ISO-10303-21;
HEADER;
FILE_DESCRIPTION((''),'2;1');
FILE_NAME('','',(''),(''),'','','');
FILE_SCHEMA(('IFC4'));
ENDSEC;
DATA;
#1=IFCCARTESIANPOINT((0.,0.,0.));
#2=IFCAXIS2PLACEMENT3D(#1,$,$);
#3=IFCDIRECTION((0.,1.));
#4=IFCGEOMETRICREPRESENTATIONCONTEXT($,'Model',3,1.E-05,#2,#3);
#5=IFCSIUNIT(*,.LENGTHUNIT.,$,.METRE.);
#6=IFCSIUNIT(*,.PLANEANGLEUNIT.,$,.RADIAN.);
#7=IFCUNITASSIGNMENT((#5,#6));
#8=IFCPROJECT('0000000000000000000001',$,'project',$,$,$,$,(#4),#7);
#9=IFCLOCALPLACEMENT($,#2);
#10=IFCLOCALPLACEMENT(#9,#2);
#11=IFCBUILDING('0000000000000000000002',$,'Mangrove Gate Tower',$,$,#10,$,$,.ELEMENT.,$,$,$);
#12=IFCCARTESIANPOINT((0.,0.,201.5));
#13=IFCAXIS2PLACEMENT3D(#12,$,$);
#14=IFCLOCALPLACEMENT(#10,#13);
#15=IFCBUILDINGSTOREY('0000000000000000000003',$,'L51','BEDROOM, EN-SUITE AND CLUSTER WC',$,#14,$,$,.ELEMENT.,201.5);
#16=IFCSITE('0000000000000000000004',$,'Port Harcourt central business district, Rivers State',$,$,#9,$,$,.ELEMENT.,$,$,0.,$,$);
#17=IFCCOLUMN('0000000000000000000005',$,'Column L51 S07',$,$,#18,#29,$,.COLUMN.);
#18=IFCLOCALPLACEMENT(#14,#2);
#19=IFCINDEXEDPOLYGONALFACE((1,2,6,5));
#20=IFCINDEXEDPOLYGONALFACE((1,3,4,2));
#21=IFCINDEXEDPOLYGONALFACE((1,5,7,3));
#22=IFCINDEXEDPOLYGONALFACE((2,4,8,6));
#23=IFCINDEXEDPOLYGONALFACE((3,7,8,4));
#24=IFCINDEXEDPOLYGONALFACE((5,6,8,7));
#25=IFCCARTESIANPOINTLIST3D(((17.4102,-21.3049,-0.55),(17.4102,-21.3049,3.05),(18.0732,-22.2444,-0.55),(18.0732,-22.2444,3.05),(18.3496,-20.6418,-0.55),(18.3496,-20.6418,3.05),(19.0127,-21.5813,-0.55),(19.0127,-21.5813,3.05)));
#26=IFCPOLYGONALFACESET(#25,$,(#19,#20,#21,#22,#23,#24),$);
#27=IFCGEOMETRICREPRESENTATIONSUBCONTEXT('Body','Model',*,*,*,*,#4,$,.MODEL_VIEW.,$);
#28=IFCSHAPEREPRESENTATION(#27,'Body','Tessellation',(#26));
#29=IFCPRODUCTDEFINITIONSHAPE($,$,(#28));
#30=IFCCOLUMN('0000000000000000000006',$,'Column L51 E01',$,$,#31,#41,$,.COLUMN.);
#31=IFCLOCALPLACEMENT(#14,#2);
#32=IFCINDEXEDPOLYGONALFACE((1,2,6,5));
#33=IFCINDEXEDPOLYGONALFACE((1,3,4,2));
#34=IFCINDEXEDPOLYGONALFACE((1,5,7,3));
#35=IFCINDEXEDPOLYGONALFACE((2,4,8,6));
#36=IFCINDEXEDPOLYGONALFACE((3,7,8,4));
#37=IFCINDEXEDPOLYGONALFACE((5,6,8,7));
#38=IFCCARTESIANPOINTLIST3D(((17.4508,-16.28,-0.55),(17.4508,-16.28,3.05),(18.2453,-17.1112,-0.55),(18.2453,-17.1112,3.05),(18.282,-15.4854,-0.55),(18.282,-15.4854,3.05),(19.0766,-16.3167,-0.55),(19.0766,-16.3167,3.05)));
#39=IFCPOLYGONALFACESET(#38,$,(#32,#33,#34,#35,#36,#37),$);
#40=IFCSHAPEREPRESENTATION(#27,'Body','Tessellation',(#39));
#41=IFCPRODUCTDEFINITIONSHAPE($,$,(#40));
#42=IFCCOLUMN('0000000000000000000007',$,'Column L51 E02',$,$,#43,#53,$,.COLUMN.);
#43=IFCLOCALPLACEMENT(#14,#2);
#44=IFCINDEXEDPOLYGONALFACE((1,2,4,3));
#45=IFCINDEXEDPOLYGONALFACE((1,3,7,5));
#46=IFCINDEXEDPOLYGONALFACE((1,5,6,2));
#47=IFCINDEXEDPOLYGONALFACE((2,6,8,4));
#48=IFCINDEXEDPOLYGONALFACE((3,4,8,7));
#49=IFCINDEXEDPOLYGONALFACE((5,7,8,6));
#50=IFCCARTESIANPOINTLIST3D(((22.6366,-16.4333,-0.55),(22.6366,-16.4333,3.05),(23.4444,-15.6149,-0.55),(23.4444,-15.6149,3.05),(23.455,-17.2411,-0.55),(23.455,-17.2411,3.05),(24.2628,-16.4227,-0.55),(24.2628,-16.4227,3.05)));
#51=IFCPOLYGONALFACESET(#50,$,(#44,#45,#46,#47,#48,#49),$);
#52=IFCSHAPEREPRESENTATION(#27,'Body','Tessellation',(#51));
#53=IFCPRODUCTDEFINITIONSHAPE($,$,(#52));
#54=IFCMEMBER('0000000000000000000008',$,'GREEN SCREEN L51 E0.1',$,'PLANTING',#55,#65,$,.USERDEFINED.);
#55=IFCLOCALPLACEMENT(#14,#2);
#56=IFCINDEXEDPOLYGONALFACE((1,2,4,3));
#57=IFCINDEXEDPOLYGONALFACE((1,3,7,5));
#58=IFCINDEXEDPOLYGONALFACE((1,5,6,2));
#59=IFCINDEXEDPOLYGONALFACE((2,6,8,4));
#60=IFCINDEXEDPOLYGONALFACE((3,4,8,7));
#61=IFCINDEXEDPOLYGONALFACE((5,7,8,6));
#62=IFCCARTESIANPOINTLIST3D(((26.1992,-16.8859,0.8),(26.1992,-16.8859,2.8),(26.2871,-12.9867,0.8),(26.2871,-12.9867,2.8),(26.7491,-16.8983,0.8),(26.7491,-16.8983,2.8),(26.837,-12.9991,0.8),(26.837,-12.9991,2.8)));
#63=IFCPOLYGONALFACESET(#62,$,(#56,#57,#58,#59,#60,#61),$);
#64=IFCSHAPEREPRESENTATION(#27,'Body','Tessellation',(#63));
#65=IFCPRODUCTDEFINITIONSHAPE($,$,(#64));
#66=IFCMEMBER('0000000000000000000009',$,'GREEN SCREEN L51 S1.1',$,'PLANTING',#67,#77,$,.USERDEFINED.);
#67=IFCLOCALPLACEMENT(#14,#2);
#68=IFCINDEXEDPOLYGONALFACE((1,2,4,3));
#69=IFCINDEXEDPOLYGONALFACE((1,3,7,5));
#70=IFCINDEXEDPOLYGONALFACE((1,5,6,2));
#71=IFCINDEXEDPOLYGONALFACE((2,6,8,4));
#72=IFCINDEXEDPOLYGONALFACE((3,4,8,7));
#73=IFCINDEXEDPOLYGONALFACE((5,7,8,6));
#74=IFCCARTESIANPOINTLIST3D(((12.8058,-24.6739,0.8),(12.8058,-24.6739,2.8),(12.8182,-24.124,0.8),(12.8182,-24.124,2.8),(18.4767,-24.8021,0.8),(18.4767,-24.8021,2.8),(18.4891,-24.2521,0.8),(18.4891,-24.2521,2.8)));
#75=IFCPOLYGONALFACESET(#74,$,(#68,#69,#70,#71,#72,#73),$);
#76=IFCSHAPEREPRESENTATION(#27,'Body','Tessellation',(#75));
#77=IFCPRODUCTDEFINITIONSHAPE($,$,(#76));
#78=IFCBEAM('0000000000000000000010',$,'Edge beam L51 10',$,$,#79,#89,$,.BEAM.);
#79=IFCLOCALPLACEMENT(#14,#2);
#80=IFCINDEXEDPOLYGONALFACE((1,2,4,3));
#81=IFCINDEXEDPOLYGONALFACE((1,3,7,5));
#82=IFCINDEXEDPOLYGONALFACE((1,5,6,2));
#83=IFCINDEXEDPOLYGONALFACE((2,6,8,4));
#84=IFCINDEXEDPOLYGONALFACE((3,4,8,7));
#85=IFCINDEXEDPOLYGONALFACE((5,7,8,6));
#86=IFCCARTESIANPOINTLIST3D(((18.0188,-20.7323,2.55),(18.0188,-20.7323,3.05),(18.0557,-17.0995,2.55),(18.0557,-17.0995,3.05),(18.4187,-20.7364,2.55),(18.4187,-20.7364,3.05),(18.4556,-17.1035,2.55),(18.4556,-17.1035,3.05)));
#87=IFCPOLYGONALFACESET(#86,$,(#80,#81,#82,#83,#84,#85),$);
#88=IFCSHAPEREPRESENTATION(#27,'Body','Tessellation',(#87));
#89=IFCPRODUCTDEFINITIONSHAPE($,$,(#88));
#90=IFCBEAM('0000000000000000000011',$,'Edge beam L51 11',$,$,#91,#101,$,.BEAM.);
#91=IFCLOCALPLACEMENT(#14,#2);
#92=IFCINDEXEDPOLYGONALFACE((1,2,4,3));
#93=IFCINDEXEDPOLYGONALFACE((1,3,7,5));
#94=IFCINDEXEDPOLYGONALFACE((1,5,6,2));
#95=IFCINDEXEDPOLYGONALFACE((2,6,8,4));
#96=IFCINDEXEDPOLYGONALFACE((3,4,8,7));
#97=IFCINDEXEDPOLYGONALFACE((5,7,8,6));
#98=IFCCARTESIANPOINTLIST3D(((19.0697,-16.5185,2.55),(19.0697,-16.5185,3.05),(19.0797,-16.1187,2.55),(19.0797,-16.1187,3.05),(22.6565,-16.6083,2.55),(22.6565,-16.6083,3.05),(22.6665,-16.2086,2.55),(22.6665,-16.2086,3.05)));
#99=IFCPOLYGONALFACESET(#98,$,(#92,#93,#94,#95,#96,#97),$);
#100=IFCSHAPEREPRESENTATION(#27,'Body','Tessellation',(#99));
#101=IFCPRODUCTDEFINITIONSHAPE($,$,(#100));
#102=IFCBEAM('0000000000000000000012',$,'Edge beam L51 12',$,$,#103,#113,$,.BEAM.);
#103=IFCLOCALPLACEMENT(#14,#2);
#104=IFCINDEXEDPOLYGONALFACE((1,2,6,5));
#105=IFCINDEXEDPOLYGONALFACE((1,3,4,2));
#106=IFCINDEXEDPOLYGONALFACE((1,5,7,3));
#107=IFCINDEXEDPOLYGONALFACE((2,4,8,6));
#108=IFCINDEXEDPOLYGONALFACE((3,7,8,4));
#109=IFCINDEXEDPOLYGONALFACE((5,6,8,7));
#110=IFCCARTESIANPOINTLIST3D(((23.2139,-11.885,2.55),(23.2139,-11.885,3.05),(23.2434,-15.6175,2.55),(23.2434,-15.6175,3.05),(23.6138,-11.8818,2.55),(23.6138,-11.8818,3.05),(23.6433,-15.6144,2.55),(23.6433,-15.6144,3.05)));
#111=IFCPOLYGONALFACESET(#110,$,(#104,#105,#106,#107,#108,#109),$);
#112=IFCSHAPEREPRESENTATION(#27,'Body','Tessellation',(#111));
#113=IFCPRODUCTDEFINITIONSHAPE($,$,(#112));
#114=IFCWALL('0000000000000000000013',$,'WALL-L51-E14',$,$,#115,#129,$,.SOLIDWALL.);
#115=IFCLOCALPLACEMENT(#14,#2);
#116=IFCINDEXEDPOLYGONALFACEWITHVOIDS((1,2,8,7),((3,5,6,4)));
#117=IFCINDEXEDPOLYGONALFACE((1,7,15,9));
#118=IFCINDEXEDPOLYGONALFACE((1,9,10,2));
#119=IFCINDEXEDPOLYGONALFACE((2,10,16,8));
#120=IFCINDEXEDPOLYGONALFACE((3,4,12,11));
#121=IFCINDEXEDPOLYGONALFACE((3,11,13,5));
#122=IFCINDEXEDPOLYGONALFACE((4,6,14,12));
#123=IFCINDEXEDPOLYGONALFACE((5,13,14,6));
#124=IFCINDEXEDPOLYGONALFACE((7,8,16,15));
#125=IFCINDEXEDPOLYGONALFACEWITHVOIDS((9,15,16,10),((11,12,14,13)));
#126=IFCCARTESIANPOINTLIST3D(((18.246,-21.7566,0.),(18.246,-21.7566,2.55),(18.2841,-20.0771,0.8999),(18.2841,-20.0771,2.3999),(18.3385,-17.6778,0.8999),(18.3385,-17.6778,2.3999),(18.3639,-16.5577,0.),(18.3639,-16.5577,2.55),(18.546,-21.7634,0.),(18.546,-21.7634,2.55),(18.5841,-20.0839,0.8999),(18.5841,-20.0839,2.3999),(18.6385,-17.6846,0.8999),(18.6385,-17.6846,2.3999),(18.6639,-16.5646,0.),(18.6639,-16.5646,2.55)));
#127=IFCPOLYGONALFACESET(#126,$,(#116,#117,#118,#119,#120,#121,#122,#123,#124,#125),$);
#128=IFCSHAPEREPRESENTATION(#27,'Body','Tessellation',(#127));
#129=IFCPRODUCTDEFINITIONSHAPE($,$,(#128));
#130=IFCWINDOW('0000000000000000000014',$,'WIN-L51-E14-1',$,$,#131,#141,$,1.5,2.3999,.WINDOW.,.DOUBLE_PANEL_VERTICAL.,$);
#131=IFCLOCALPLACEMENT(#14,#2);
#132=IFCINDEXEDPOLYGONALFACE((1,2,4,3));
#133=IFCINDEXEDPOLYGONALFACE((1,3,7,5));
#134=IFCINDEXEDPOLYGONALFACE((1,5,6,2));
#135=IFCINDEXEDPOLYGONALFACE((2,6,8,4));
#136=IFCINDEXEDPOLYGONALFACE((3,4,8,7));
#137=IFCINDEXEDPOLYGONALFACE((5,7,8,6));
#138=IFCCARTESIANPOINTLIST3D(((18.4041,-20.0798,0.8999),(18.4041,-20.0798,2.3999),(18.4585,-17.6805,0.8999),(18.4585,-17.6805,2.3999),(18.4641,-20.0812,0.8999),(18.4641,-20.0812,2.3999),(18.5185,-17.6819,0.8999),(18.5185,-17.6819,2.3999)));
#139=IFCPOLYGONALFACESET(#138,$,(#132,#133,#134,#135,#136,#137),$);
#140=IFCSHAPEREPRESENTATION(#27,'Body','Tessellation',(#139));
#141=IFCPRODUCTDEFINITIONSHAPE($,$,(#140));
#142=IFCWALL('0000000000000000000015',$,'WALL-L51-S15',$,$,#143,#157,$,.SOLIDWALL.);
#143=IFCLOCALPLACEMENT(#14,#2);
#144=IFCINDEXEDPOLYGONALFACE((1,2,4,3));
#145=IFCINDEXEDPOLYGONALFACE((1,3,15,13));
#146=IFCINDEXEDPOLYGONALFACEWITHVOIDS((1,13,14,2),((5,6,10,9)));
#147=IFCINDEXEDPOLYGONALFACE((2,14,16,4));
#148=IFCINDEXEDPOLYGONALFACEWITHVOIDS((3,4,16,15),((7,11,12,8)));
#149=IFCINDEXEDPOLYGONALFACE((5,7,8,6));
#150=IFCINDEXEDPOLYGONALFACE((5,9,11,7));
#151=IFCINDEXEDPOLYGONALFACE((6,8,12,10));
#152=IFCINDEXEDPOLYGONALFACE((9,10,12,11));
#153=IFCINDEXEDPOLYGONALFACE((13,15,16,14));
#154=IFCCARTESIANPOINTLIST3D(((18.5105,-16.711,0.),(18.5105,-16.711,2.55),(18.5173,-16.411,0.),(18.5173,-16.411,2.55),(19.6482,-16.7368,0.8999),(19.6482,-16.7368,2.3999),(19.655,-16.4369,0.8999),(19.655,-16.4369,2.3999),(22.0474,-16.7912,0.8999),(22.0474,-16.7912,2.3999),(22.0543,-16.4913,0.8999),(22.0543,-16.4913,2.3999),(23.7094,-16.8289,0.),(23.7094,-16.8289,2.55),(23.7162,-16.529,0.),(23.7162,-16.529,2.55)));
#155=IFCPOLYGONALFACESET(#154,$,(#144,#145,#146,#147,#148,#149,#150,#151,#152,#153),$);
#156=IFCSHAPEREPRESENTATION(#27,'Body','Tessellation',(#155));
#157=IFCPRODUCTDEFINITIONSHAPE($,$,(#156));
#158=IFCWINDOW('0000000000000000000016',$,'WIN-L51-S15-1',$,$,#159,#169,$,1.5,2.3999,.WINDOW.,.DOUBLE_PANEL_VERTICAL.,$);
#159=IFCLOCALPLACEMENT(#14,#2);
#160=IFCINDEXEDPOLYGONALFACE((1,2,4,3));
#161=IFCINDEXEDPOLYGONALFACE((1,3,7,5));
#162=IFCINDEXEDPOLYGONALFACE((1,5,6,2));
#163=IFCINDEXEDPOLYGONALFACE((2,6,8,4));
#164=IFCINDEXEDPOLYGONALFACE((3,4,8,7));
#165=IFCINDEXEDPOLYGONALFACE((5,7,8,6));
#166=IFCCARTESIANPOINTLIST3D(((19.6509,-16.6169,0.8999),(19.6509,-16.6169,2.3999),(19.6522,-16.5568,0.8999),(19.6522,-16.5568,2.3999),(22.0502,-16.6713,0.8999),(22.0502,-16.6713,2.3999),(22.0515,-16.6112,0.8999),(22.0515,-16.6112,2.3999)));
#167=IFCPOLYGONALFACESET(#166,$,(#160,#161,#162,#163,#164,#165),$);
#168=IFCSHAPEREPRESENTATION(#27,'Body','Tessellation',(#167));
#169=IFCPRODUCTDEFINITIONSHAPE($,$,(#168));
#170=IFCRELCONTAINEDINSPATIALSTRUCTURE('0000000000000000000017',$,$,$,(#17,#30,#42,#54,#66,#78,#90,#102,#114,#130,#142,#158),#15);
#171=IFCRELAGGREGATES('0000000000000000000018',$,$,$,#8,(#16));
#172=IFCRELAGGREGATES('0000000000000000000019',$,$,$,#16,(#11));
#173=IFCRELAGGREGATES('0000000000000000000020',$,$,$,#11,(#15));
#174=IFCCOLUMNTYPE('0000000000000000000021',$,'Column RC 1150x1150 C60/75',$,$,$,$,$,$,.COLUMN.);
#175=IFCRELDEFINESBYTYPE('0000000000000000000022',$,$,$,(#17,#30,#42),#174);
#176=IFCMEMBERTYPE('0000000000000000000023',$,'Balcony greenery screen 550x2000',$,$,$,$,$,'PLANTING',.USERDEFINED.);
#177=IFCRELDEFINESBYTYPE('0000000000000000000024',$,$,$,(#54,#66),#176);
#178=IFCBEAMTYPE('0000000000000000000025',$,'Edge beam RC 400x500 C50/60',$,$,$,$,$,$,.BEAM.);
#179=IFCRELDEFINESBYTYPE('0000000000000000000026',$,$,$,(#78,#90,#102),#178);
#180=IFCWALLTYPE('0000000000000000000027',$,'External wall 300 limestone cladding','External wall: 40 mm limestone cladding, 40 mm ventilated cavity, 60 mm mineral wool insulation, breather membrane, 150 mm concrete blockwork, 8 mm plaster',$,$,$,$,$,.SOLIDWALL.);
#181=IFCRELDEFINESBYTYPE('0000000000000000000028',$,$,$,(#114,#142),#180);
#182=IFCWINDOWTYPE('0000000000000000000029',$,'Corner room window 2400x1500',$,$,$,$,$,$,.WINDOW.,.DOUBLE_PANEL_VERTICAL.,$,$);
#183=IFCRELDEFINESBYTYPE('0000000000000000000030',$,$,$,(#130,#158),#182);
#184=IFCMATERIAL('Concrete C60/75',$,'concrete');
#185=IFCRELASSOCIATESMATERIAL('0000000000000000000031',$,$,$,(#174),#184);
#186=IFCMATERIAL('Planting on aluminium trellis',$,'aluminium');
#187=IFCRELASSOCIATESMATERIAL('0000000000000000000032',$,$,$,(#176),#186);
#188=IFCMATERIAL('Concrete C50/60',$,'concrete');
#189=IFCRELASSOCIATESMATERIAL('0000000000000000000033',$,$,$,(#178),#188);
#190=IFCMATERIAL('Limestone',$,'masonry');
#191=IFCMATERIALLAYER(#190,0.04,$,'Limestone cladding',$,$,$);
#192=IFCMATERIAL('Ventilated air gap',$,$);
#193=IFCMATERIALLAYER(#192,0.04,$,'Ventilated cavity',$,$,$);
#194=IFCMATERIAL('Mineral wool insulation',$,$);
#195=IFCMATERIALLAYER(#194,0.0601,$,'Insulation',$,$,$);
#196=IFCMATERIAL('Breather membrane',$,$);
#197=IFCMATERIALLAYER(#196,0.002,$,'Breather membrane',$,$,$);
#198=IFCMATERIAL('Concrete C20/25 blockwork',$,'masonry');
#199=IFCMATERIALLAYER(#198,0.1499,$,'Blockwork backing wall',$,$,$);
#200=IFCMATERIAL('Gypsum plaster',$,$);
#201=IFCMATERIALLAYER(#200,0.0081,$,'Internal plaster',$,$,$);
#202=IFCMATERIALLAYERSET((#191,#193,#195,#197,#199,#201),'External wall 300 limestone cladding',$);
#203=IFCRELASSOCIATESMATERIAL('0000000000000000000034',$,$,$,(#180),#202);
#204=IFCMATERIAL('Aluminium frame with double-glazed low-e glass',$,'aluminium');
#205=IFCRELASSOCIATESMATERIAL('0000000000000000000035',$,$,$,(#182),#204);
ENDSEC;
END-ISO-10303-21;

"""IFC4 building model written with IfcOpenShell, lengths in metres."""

from ifc_helpers import new_model, si_unit, direction, frame, frame_2d, origin, origin_2d, place, context, subcontext, project, spatial, rectangle, extrude, material, layer, layer_set, material_profile, profile_set, type_object, element, fill, save


model = new_model("IFC4")

# Units and contexts
model_context = context("Model", 3, precision=1e-05, world=origin(), true_north=direction((0.0, 1.0)))
body_context = subcontext(model_context, "Body", "Model", "MODEL_VIEW")
ifc_project = project(units=[si_unit("LENGTHUNIT", "METRE"), si_unit("PLANEANGLEUNIT", "RADIAN")], contexts=[model_context])

# Site, building, storey
site_placement = place(None, origin())
site = spatial("IfcSite", under=ifc_project, at=site_placement, Name="Port Harcourt central business district, Rivers State", CompositionType="ELEMENT", RefElevation=0.0)
building_placement = place(site_placement, origin())
building = spatial("IfcBuilding", under=site, at=building_placement, Name="Mangrove Gate Tower", CompositionType="ELEMENT")
storey_placement = place(building_placement, frame((0.0, 0.0, 201.5)))
storey = spatial("IfcBuildingStorey", under=building, at=storey_placement, Name="L51", Description="BEDROOM, EN-SUITE AND CLUSTER WC", CompositionType="ELEMENT", Elevation=201.5)

# Columns
ifc_material_1 = material(Name="Concrete C60/75", Category="concrete")
ifc_material_profile_1 = material_profile(ifc_material_1, rectangle(XDim=1.1499, YDim=1.1499, at=origin_2d()))
ifc_profile_set_1 = profile_set([ifc_material_profile_1], Name="Concrete C60/75")
column_type = type_object("IfcColumnType", Name="Column RC 1150x1150 C60/75", PredefinedType="COLUMN", material=ifc_profile_set_1)
for number, where, z_axis, x_axis, name in (
    (1, (18.2114, -21.4431, -0.55), (0.0, 0.0, 1.0), (0.817006, 0.576629, 0.0), "Column L51 S07"),
    (2, (18.2637, -16.2983, -0.55), (0.0, 0.0, 1.0), (0.722905, 0.690948, 0.0), "Column L51 E01"),
    (3, (23.4497, -16.428, -0.55), (0.0, 0.0, 1.0), (0.702473, 0.711711, 0.0), "Column L51 E02"),
):
    element("IfcColumn", number, at=place(storey_placement, frame(where, z_axis=z_axis, x_axis=x_axis)), inside=storey, type_object=column_type, Name=name, PredefinedType="COLUMN", context=body_context, shape_type="SweptSolid", body=[
        extrude(rectangle(XDim=1.1499, YDim=1.1499, at=origin_2d()), origin(), (0.0, 0.0, 1.0), 3.6001),
    ])

# Members
ifc_material_2 = material(Name="Planting on aluminium trellis", Category="aluminium")
ifc_material_profile_2 = material_profile(ifc_material_2, rectangle(XDim=0.55, YDim=2.0, at=origin_2d()))
ifc_profile_set_2 = profile_set([ifc_material_profile_2], Name="Planting on aluminium trellis")
member_type = type_object("IfcMemberType", Name="Balcony greenery screen 550x2000", ElementType="PLANTING", PredefinedType="USERDEFINED", material=ifc_profile_set_2)
member_1_placement = place(storey_placement, frame((26.4741, -16.8921, 1.8), z_axis=(0.022535, 0.999746, 0.0), x_axis=(-0.999746, 0.022535, 0.0)))
element("IfcMember", 4, at=member_1_placement, inside=storey, type_object=member_type, Name="GREEN SCREEN L51 E0.1", ObjectType="PLANTING", PredefinedType="USERDEFINED", context=body_context, shape_type="SweptSolid", body=[
    extrude(rectangle(XDim=0.55, YDim=2.0, at=origin_2d()), origin(), (0.0, 0.0, 1.0), 3.9001),
])
member_2_placement = place(storey_placement, frame((12.812, -24.3989, 1.8), z_axis=(0.999745, -0.022596, 0.0), x_axis=(0.022596, 0.999745, 0.0)))
element("IfcMember", 5, at=member_2_placement, inside=storey, type_object=member_type, Name="GREEN SCREEN L51 S1.1", ObjectType="PLANTING", PredefinedType="USERDEFINED", context=body_context, shape_type="SweptSolid", body=[
    extrude(rectangle(XDim=0.55, YDim=2.0, at=origin_2d()), origin(), (0.0, 0.0, 1.0), 5.6724),
])

# Beams
ifc_material_3 = material(Name="Concrete C50/60", Category="concrete")
ifc_material_profile_3 = material_profile(ifc_material_3, rectangle(XDim=0.3999, YDim=0.5, at=origin_2d()))
ifc_profile_set_3 = profile_set([ifc_material_profile_3], Name="Concrete C50/60")
beam_type = type_object("IfcBeamType", Name="Edge beam RC 400x500 C50/60", PredefinedType="BEAM", material=ifc_profile_set_3)
beam_1_placement = place(storey_placement, frame((18.2188, -20.7344, 2.8), z_axis=(0.010147, 0.999949, 0.0), x_axis=(-0.999949, 0.010147, 0.0)))
element("IfcBeam", 6, at=beam_1_placement, inside=storey, type_object=beam_type, Name="Edge beam L51 10", PredefinedType="BEAM", context=body_context, shape_type="SweptSolid", body=[
    extrude(rectangle(XDim=0.3999, YDim=0.5, at=origin_2d()), origin(), (0.0, 0.0, 1.0), 3.6331),
])
beam_2_placement = place(storey_placement, frame((19.0747, -16.3186, 2.8), z_axis=(0.999686, -0.025041, 0.0), x_axis=(0.025041, 0.999686, 0.0)))
element("IfcBeam", 7, at=beam_2_placement, inside=storey, type_object=beam_type, Name="Edge beam L51 11", PredefinedType="BEAM", context=body_context, shape_type="SweptSolid", body=[
    extrude(rectangle(XDim=0.3999, YDim=0.5, at=origin_2d()), origin(), (0.0, 0.0, 1.0), 3.5879),
])
beam_3_placement = place(storey_placement, frame((23.4434, -15.616, 2.8), z_axis=(-0.007914, 0.999969, 0.0), x_axis=(-0.999969, -0.007914, 0.0)))
element("IfcBeam", 8, at=beam_3_placement, inside=storey, type_object=beam_type, Name="Edge beam L51 12", PredefinedType="BEAM", context=body_context, shape_type="SweptSolid", body=[
    extrude(rectangle(XDim=0.3999, YDim=0.5, at=origin_2d()), origin(), (0.0, 0.0, 1.0), 3.7327),
])

# Shared definitions
ifc_material_4 = material(Name="Limestone", Category="masonry")
ifc_layer_1 = layer(ifc_material_4, 0.04, Name="Limestone cladding")
ifc_material_5 = material(Name="Ventilated air gap")
ifc_layer_2 = layer(ifc_material_5, 0.04, Name="Ventilated cavity")
ifc_material_6 = material(Name="Mineral wool insulation")
ifc_layer_3 = layer(ifc_material_6, 0.0601, Name="Insulation")
ifc_material_7 = material(Name="Breather membrane")
ifc_layer_4 = layer(ifc_material_7, 0.002, Name="Breather membrane")
ifc_material_8 = material(Name="Concrete C20/25 blockwork", Category="masonry")
ifc_layer_5 = layer(ifc_material_8, 0.1499, Name="Blockwork backing wall")
ifc_material_9 = material(Name="Gypsum plaster")
ifc_layer_6 = layer(ifc_material_9, 0.0081, Name="Internal plaster")
ifc_layer_set_1 = layer_set([ifc_layer_1, ifc_layer_2, ifc_layer_3, ifc_layer_4, ifc_layer_5, ifc_layer_6], Name="External wall 300 limestone cladding")
wall_type_1 = type_object("IfcWallType", Name="External wall 300 limestone cladding", Description="External wall: 40 mm limestone cladding, 40 mm ventilated cavity, 60 mm mineral wool insulation, breather membrane, 150 mm concrete blockwork, 8 mm plaster", PredefinedType="SOLIDWALL", material=ifc_layer_set_1)

# Walls, openings, windows
wall_1_placement = place(storey_placement, frame((18.396, -21.76, 0.0), z_axis=(0.0, 0.0, 1.0), x_axis=(0.022676, 0.999743, 0.0)))
wall_1 = element("IfcWall", 9, at=wall_1_placement, inside=storey, type_object=wall_type_1, Name="WALL-L51-E14", PredefinedType="SOLIDWALL", context=body_context, shape_type="SweptSolid", body=[
    extrude(rectangle(XDim=5.2002, YDim=0.3, at=frame_2d((2.6001, 0.0))), origin(), (0.0, 0.0, 1.0), 2.55),
])
opening_1_placement = place(wall_1_placement, frame((1.6799, 0.0, 0.8999)))
opening_1 = element("IfcOpeningElement", 10, at=opening_1_placement, cuts=wall_1, PredefinedType="OPENING", context=body_context, shape_type="SweptSolid", body=[
    extrude(rectangle(XDim=2.3999, YDim=1.5, at=frame_2d((1.2, 0.75))), frame((0.0, 0.1599, 0.0), z_axis=(0.0, -1.0, 0.0), x_axis=(1.0, 0.0, 0.0)), (0.0, 0.0, 1.0), 0.3201),
])
ifc_material_10 = material(Name="Aluminium frame with double-glazed low-e glass", Category="aluminium")
window_type_1 = type_object("IfcWindowType", Name="Corner room window 2400x1500", PartitioningType="DOUBLE_PANEL_VERTICAL", PredefinedType="WINDOW", material=ifc_material_10)
window_1_placement = place(opening_1_placement, origin())
window_1 = element("IfcWindow", 11, at=window_1_placement, inside=storey, type_object=window_type_1, Name="WIN-L51-E14-1", OverallHeight=1.5, OverallWidth=2.3999, PartitioningType="DOUBLE_PANEL_VERTICAL", PredefinedType="WINDOW", context=body_context, shape_type="SweptSolid", body=[
    extrude(rectangle(XDim=2.3999, YDim=1.5, at=frame_2d((1.2, 0.75))), frame((0.0, 0.03, 0.0), z_axis=(0.0, -1.0, 0.0), x_axis=(1.0, 0.0, 0.0)), (0.0, 0.0, 1.0), 0.0601),
])
fill(opening_1, window_1)
wall_2_placement = place(storey_placement, frame((18.5139, -16.561, 0.0), z_axis=(0.0, 0.0, 1.0), x_axis=(0.999743, -0.022676, 0.0)))
wall_2 = element("IfcWall", 12, at=wall_2_placement, inside=storey, type_object=wall_type_1, Name="WALL-L51-S15", PredefinedType="SOLIDWALL", context=body_context, shape_type="SweptSolid", body=[
    extrude(rectangle(XDim=5.2002, YDim=0.3, at=frame_2d((2.6001, 0.0))), origin(), (0.0, 0.0, 1.0), 2.55),
])
opening_2_placement = place(wall_2_placement, frame((1.1379, 0.0, 0.8999)))
opening_2 = element("IfcOpeningElement", 13, at=opening_2_placement, cuts=wall_2, PredefinedType="OPENING", context=body_context, shape_type="SweptSolid", body=[
    extrude(rectangle(XDim=2.3999, YDim=1.5, at=frame_2d((1.2, 0.75))), frame((0.0, 0.1599, 0.0), z_axis=(0.0, -1.0, 0.0), x_axis=(1.0, 0.0, 0.0)), (0.0, 0.0, 1.0), 0.3201),
])
window_2_placement = place(opening_2_placement, origin())
window_2 = element("IfcWindow", 14, at=window_2_placement, inside=storey, type_object=window_type_1, Name="WIN-L51-S15-1", OverallHeight=1.5, OverallWidth=2.3999, PartitioningType="DOUBLE_PANEL_VERTICAL", PredefinedType="WINDOW", context=body_context, shape_type="SweptSolid", body=[
    extrude(rectangle(XDim=2.3999, YDim=1.5, at=frame_2d((1.2, 0.75))), frame((0.0, 0.03, 0.0), z_axis=(0.0, -1.0, 0.0), x_axis=(1.0, 0.0, 0.0)), (0.0, 0.0, 1.0), 0.0601),
])
fill(opening_2, window_2)

save(model, "model.ifc")
